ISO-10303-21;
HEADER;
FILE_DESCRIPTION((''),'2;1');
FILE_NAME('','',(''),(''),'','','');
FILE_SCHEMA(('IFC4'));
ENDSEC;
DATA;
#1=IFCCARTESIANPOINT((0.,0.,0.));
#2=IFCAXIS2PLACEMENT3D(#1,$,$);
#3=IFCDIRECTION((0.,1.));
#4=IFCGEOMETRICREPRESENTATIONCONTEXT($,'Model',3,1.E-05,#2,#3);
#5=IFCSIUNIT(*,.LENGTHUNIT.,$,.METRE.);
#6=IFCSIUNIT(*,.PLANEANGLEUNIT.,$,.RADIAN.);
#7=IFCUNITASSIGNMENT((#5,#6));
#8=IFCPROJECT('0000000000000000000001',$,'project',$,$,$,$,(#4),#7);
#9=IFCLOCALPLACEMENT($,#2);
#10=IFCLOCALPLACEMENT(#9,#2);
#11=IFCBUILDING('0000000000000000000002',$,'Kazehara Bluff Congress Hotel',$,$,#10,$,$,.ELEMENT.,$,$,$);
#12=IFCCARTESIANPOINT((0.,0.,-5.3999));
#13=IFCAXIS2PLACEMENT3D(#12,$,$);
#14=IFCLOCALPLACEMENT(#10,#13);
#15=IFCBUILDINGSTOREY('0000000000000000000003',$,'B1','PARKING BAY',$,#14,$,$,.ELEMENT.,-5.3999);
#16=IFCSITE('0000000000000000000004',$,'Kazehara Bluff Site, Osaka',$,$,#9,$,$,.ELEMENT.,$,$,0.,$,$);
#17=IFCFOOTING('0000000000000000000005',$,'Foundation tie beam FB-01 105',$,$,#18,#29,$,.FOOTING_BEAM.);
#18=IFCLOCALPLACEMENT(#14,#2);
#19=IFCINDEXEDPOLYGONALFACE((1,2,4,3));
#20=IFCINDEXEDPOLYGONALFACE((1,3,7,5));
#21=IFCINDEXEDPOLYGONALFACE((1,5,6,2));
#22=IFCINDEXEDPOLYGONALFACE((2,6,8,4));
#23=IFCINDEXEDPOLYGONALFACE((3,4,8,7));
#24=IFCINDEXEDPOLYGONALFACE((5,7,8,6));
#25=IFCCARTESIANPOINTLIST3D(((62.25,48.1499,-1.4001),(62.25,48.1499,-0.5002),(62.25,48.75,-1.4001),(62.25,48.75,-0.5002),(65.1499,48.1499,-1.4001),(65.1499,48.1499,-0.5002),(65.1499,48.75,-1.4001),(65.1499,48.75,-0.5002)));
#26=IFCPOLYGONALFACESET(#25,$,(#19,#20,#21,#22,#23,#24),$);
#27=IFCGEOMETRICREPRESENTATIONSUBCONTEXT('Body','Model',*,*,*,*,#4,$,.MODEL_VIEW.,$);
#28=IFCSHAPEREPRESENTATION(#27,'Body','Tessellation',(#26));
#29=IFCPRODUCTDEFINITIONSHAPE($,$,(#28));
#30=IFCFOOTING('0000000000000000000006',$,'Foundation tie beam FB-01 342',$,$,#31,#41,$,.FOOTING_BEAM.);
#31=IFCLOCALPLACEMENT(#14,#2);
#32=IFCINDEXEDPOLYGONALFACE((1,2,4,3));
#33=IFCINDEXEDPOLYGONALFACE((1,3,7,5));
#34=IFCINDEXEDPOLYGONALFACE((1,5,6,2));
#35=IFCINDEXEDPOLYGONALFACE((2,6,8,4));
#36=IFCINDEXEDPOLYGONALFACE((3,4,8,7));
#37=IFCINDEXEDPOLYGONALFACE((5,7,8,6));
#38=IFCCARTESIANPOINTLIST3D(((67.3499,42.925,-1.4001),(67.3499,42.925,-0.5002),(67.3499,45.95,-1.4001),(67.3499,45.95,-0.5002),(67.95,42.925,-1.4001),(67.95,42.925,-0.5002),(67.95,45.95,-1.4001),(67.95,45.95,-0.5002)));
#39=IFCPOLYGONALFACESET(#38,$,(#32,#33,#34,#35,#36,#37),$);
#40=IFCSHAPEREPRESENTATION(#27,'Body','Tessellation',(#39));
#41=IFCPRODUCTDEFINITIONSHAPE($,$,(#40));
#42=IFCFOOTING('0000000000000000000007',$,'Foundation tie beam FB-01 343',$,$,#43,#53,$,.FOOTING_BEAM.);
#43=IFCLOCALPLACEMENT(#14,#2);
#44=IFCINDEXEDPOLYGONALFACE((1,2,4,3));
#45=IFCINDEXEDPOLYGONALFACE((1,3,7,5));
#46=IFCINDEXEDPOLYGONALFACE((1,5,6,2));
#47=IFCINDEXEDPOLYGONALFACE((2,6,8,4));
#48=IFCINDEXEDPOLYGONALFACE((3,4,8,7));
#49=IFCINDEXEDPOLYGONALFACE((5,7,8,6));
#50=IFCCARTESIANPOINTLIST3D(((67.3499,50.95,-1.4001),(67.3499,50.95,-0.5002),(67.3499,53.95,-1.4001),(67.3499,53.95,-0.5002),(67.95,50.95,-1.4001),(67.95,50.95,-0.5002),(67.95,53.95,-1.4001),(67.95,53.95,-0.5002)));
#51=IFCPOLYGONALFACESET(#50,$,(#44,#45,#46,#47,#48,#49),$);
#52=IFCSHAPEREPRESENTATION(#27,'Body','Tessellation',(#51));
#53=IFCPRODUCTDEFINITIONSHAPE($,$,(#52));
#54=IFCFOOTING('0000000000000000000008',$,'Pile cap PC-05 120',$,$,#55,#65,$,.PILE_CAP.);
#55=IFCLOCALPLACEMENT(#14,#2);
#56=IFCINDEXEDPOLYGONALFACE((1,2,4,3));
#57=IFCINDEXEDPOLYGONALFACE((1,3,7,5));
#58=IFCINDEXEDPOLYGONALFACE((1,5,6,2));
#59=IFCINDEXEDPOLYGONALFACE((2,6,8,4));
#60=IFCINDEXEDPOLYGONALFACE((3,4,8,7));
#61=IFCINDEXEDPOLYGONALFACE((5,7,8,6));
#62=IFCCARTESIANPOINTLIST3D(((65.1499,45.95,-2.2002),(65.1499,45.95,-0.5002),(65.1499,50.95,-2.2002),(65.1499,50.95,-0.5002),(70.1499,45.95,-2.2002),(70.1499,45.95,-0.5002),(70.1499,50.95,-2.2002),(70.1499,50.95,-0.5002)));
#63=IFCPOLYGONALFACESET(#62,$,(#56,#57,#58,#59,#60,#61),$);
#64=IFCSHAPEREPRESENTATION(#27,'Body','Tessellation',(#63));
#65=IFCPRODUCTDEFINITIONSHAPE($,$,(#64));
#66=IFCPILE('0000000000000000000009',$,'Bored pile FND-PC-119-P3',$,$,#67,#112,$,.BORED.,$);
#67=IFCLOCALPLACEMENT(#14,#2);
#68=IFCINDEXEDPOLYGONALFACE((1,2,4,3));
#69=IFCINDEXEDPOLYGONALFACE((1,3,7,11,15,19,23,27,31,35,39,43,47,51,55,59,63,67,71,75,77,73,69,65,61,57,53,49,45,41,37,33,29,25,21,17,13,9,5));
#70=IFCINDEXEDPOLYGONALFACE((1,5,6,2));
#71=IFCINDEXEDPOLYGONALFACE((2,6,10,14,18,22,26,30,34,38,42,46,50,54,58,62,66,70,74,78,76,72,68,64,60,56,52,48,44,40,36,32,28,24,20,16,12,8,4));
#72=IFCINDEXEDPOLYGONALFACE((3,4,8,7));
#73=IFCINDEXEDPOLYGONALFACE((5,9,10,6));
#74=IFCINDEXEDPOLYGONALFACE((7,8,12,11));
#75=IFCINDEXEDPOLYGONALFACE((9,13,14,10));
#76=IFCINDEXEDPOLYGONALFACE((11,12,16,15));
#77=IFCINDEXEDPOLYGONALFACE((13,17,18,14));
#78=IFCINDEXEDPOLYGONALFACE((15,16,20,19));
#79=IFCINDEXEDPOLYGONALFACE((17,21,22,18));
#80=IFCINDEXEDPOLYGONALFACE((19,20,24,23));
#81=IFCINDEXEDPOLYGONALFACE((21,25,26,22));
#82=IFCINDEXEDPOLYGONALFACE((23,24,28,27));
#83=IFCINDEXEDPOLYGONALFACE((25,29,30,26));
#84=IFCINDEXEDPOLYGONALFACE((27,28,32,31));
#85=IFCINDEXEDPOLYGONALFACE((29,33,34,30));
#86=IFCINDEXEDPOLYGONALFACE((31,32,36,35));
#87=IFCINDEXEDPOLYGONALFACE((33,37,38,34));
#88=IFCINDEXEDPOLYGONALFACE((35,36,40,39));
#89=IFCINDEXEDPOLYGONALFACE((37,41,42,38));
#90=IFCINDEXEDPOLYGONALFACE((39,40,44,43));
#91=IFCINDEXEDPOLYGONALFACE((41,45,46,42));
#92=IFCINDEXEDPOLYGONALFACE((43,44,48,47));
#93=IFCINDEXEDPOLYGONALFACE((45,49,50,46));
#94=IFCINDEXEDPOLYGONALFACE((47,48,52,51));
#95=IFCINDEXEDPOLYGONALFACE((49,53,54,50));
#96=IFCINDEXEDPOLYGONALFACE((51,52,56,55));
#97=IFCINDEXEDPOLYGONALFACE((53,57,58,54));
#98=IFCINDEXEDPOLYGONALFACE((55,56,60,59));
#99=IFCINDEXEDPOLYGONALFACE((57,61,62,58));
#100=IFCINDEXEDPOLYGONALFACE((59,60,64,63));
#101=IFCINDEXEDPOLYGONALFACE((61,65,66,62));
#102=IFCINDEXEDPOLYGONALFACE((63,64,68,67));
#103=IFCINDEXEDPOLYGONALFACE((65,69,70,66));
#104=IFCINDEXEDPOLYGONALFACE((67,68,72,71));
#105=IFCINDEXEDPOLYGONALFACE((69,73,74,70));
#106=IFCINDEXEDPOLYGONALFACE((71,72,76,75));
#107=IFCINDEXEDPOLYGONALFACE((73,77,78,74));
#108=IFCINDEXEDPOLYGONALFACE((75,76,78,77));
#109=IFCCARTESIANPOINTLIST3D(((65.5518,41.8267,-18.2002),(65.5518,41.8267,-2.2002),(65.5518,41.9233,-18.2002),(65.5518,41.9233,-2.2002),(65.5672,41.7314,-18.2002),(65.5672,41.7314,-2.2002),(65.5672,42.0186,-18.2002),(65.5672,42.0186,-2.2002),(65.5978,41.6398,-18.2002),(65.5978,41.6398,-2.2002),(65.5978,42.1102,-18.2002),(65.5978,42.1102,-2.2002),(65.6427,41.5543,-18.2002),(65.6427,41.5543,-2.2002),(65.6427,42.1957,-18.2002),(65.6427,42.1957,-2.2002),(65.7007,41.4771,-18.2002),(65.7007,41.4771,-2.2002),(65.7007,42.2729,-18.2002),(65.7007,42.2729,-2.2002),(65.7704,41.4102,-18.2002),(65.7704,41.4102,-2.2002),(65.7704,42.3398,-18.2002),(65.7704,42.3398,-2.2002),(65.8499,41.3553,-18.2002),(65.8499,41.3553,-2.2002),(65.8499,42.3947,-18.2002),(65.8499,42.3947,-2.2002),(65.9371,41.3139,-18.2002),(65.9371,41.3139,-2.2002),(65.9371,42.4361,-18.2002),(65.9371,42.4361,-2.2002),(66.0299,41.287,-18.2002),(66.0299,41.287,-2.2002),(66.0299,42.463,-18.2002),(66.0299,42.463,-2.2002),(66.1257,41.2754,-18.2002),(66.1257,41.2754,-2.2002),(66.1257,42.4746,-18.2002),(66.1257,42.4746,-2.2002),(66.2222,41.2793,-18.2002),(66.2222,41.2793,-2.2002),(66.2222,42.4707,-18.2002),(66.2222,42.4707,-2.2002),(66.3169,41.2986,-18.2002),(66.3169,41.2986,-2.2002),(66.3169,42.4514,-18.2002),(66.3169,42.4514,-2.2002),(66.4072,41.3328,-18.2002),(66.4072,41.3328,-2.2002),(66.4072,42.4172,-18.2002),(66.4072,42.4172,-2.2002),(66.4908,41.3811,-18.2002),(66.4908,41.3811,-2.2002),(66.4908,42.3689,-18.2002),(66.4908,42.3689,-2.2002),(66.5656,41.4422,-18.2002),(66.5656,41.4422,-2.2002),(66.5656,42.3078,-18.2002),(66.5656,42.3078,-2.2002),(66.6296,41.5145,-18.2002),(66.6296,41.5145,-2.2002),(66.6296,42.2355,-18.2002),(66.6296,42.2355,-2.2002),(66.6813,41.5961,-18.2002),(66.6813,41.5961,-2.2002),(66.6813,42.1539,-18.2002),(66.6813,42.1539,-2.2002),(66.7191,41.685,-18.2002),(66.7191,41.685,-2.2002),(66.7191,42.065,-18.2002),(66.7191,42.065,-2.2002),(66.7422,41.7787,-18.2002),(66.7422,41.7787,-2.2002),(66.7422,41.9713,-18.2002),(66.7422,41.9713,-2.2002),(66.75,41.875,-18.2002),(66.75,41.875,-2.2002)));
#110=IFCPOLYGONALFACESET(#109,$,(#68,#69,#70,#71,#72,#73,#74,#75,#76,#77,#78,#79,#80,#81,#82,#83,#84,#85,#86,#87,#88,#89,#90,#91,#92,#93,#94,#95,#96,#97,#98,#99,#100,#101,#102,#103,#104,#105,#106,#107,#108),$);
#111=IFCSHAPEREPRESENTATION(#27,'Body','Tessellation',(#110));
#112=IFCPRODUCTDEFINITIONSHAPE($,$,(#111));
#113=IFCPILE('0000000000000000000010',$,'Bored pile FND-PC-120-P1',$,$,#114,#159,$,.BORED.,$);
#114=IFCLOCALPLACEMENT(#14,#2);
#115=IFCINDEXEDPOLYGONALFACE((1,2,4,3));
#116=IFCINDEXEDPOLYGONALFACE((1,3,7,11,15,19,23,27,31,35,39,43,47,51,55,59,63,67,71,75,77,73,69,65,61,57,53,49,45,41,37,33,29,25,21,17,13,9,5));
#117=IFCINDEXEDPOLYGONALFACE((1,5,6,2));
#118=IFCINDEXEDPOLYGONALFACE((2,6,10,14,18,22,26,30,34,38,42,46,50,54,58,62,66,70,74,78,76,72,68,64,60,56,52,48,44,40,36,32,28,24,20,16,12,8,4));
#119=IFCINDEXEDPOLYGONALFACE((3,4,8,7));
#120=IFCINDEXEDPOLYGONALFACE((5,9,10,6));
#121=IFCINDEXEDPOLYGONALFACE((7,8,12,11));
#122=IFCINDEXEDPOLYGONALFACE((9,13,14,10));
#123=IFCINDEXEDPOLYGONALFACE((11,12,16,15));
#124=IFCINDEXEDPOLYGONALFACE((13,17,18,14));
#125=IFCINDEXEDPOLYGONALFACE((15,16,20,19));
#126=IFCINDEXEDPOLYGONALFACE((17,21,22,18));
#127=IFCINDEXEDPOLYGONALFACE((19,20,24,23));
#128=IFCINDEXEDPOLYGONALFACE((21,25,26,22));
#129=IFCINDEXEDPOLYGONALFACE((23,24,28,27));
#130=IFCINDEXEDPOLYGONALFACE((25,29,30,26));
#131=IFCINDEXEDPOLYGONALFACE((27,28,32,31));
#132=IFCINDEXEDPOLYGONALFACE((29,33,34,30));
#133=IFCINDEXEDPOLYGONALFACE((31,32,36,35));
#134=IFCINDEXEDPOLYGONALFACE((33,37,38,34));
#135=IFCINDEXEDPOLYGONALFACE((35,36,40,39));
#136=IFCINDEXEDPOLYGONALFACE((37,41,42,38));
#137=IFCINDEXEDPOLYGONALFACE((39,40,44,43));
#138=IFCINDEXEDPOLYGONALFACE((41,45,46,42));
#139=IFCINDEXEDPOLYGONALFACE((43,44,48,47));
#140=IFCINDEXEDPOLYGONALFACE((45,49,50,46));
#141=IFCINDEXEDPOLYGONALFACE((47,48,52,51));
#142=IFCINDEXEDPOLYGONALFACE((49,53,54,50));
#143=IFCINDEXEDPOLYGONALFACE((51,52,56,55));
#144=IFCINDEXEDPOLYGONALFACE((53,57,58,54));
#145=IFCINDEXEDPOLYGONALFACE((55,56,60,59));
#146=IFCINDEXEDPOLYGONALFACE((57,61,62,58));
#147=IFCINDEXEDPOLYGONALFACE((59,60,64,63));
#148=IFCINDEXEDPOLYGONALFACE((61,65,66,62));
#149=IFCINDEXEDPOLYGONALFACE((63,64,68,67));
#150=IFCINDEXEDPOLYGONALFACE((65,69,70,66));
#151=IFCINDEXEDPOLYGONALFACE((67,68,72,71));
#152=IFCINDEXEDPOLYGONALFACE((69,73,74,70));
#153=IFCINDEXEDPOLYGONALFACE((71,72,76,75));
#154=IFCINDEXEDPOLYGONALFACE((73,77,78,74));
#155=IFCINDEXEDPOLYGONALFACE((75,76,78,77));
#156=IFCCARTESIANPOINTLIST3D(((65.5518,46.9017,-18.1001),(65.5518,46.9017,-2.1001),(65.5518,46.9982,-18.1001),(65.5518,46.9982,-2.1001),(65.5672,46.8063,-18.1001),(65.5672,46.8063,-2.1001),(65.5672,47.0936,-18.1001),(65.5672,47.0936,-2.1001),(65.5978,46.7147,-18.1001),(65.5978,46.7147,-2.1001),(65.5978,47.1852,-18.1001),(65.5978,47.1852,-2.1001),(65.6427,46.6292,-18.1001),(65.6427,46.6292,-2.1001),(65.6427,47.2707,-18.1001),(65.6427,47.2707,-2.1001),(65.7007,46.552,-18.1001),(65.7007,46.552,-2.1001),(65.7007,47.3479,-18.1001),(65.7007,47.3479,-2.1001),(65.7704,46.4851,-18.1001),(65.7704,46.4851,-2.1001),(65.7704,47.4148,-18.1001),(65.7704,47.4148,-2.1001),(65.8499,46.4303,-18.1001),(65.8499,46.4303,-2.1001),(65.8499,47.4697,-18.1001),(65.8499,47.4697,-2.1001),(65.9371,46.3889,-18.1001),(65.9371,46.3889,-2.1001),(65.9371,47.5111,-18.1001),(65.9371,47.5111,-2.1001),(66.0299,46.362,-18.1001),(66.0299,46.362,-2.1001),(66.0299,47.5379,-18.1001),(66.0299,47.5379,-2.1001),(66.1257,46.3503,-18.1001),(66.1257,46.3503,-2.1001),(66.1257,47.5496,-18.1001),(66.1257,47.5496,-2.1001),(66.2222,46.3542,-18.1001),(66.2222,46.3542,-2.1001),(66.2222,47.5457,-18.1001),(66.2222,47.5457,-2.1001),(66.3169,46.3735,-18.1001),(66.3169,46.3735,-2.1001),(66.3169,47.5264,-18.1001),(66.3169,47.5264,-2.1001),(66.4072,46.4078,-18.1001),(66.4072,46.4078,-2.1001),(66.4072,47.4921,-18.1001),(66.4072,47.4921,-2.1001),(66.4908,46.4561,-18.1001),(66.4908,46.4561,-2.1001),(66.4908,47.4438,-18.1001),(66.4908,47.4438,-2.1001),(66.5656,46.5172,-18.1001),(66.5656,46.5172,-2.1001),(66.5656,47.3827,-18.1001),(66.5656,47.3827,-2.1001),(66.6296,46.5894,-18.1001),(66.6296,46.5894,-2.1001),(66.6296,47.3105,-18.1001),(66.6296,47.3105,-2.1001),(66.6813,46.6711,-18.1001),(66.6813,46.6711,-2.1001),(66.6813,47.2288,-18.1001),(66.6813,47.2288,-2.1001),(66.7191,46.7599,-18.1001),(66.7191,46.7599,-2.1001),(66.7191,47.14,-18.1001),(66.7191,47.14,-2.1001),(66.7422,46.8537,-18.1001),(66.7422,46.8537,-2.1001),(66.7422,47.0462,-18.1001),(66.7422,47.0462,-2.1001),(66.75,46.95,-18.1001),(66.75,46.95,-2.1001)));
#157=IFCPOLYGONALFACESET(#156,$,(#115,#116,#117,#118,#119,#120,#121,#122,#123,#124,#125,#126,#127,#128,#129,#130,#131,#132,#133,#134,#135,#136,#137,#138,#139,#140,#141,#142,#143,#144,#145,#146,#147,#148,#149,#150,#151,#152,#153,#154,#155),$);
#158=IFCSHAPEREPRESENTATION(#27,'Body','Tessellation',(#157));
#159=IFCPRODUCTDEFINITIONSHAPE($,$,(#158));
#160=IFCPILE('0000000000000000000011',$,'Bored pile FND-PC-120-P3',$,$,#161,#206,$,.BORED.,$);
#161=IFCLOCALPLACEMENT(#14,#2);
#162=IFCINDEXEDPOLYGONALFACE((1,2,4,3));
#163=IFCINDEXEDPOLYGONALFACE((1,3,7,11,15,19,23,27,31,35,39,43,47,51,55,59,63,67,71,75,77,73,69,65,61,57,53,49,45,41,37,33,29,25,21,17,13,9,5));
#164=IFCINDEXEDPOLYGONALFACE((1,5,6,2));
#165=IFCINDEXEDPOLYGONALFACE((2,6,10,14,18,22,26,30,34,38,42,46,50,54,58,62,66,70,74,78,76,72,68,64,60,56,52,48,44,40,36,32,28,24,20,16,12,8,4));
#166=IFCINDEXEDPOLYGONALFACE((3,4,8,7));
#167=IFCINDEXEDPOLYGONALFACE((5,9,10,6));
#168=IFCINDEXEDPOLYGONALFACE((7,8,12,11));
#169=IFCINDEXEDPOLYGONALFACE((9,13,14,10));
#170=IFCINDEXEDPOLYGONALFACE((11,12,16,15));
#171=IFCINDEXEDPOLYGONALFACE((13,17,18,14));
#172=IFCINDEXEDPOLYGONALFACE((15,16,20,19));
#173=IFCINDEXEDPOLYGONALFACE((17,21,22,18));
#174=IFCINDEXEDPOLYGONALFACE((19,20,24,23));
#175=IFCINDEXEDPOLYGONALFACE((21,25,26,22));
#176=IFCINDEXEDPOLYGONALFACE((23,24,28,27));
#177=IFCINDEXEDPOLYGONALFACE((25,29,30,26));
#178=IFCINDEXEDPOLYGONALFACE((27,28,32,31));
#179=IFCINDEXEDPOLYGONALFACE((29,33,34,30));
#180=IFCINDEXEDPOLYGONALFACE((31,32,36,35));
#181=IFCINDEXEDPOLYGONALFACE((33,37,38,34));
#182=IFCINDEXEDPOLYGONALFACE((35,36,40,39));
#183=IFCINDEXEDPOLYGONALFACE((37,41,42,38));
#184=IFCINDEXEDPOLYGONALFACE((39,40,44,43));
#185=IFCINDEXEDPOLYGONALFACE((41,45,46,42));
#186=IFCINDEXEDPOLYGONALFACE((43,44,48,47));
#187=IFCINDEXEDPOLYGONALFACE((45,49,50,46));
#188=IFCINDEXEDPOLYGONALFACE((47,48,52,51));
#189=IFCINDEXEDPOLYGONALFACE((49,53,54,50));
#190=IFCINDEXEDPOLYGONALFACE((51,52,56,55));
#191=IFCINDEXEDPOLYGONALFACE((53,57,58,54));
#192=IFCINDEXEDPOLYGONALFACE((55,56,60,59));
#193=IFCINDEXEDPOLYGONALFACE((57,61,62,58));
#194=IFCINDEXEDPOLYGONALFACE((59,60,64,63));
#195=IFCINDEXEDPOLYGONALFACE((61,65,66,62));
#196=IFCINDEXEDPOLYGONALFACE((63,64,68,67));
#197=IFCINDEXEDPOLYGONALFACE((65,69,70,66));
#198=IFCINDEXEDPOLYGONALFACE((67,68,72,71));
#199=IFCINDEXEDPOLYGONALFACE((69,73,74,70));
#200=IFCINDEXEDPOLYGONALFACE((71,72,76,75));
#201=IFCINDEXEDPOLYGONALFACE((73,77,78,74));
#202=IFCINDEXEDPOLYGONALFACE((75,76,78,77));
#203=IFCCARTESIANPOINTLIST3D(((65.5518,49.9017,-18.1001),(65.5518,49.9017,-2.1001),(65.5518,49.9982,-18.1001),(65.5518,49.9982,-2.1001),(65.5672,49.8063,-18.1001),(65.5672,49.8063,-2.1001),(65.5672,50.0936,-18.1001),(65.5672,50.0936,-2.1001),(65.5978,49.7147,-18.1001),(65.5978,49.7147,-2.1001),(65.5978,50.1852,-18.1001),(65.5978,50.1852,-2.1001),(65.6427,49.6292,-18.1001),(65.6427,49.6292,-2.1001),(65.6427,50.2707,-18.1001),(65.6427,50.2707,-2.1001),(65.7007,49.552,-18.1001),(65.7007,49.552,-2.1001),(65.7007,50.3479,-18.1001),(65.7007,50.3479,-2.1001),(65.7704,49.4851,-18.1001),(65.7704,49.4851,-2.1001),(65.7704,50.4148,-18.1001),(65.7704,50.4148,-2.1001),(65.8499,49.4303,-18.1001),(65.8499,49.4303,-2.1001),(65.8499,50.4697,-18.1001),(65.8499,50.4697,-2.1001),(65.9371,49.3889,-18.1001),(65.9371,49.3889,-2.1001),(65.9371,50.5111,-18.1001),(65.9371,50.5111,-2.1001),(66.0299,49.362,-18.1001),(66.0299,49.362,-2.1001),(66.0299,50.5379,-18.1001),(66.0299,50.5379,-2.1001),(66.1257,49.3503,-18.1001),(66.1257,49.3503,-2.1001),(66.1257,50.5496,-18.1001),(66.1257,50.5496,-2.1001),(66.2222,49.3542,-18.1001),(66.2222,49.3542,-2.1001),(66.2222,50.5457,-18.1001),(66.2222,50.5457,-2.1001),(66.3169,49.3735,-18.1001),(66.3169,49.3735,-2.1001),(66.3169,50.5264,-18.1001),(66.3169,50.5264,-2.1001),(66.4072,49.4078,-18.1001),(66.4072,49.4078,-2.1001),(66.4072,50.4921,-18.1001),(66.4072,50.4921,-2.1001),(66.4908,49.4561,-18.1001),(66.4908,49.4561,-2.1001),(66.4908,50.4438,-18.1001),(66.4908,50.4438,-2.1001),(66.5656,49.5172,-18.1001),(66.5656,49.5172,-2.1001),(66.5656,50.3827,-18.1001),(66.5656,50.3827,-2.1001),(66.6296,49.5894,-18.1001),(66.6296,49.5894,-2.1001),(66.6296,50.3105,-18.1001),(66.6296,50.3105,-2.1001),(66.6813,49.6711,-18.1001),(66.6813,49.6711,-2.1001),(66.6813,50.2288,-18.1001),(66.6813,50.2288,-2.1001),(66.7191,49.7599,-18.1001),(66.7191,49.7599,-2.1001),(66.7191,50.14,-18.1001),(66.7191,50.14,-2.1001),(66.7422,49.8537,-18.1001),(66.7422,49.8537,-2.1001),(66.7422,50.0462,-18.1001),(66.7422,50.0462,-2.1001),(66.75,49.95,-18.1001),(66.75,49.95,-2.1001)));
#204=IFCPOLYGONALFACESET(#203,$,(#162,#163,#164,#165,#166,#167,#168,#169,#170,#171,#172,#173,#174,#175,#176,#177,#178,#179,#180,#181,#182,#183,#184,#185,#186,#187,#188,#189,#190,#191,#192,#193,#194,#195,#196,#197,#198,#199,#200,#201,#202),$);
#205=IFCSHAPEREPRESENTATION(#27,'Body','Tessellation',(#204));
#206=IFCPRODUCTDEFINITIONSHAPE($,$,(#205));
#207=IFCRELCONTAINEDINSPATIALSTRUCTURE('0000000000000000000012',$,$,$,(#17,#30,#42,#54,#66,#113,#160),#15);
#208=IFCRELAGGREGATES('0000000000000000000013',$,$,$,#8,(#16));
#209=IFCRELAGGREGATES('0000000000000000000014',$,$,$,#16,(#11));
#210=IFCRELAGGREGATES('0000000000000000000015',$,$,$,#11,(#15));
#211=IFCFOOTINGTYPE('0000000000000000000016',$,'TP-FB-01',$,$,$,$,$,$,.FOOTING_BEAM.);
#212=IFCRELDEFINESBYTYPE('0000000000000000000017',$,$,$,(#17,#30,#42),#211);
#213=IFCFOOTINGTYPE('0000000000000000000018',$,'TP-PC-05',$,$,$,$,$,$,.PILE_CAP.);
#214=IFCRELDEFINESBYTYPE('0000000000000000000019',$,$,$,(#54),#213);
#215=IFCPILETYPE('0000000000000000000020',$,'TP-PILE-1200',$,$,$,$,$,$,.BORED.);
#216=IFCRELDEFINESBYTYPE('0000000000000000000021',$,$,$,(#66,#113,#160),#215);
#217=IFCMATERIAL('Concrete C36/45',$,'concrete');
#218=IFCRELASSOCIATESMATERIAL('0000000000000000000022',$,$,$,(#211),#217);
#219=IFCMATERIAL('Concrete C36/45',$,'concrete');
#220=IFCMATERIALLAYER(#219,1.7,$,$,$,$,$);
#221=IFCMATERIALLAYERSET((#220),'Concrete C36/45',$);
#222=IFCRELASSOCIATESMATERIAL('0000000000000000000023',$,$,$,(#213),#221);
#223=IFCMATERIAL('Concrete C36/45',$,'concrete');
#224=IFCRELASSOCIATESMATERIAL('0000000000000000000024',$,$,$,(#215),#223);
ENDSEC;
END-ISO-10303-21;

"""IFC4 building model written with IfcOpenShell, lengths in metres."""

from ifc_helpers import new_model, si_unit, direction, frame, origin, origin_2d, place, context, subcontext, project, spatial, rectangle, circle, extrude, material, layer, layer_set, material_profile, profile_set, type_object, element, save


model = new_model("IFC4")

# Units and contexts
model_context = context("Model", 3, precision=1e-05, world=origin(), true_north=direction((0.0, 1.0)))
body_context = subcontext(model_context, "Body", "Model", "MODEL_VIEW")
ifc_project = project(units=[si_unit("LENGTHUNIT", "METRE"), si_unit("PLANEANGLEUNIT", "RADIAN")], contexts=[model_context])

# Site, building, storey
site_placement = place(None, origin())
site = spatial("IfcSite", under=ifc_project, at=site_placement, Name="Kazehara Bluff Site, Osaka", CompositionType="ELEMENT", RefElevation=0.0)
building_placement = place(site_placement, origin())
building = spatial("IfcBuilding", under=site, at=building_placement, Name="Kazehara Bluff Congress Hotel", CompositionType="ELEMENT")
storey_placement = place(building_placement, frame((0.0, 0.0, -5.3999)))
storey = spatial("IfcBuildingStorey", under=building, at=storey_placement, Name="B1", Description="PARKING BAY", CompositionType="ELEMENT", Elevation=-5.3999)

# Footings
ifc_material_1 = material(Name="Concrete C36/45", Category="concrete")
ifc_material_profile_1 = material_profile(ifc_material_1, rectangle(XDim=0.6001, YDim=0.8999, at=origin_2d()))
ifc_profile_set_1 = profile_set([ifc_material_profile_1], Name="Concrete C36/45")
footing_type_1 = type_object("IfcFootingType", Name="TP-FB-01", PredefinedType="FOOTING_BEAM", material=ifc_profile_set_1)
footing_1_placement = place(storey_placement, frame((62.25, 48.45, -0.9502), z_axis=(1.0, 0.0, 0.0), x_axis=(0.0, 1.0, 0.0)))
element("IfcFooting", 1, at=footing_1_placement, inside=storey, type_object=footing_type_1, Name="Foundation tie beam FB-01 105", PredefinedType="FOOTING_BEAM", context=body_context, shape_type="SweptSolid", body=[
    extrude(rectangle(XDim=0.6001, YDim=0.8999, at=origin_2d()), origin(), (0.0, 0.0, 1.0), 2.8999),
])
footing_2_placement = place(storey_placement, frame((67.6499, 42.925, -0.9502), z_axis=(0.0, 1.0, 0.0), x_axis=(-1.0, 0.0, 0.0)))
element("IfcFooting", 2, at=footing_2_placement, inside=storey, type_object=footing_type_1, Name="Foundation tie beam FB-01 342", PredefinedType="FOOTING_BEAM", context=body_context, shape_type="SweptSolid", body=[
    extrude(rectangle(XDim=0.6001, YDim=0.8999, at=origin_2d()), origin(), (0.0, 0.0, 1.0), 3.0249),
])
footing_3_placement = place(storey_placement, frame((67.6499, 50.95, -0.9502), z_axis=(0.0, 1.0, 0.0), x_axis=(-1.0, 0.0, 0.0)))
element("IfcFooting", 3, at=footing_3_placement, inside=storey, type_object=footing_type_1, Name="Foundation tie beam FB-01 343", PredefinedType="FOOTING_BEAM", context=body_context, shape_type="SweptSolid", body=[
    extrude(rectangle(XDim=0.6001, YDim=0.8999, at=origin_2d()), origin(), (0.0, 0.0, 1.0), 3.0),
])
ifc_material_2 = material(Name="Concrete C36/45", Category="concrete")
ifc_layer_1 = layer(ifc_material_2, 1.7)
ifc_layer_set_1 = layer_set([ifc_layer_1], Name="Concrete C36/45")
footing_type_2 = type_object("IfcFootingType", Name="TP-PC-05", PredefinedType="PILE_CAP", material=ifc_layer_set_1)
footing_4_placement = place(storey_placement, frame((67.6499, 48.45, -2.2002), z_axis=(0.0, 0.0, 1.0), x_axis=(1.0, 0.0, 0.0)))
element("IfcFooting", 4, at=footing_4_placement, inside=storey, type_object=footing_type_2, Name="Pile cap PC-05 120", PredefinedType="PILE_CAP", context=body_context, shape_type="SweptSolid", body=[
    extrude(rectangle(XDim=5.0, YDim=5.0, at=origin_2d()), origin(), (0.0, 0.0, 1.0), 1.7),
])

# Piles
ifc_material_3 = material(Name="Concrete C36/45", Category="concrete")
ifc_material_profile_2 = material_profile(ifc_material_3, circle(Radius=0.6001, at=origin_2d()))
ifc_profile_set_2 = profile_set([ifc_material_profile_2], Name="Concrete C36/45")
pile_type_1 = type_object("IfcPileType", Name="TP-PILE-1200", PredefinedType="BORED", material=ifc_profile_set_2)
for number, where, z_axis, x_axis, name in (
    (5, (66.1499, 41.875, -2.2002), (0.0, 0.0, -1.0), (1.0, 0.0, 0.0), "Bored pile FND-PC-119-P3"),
    (6, (66.1499, 46.95, -2.1001), (0.0, 0.0, -1.0), (1.0, 0.0, 0.0), "Bored pile FND-PC-120-P1"),
    (7, (66.1499, 49.95, -2.1001), (0.0, 0.0, -1.0), (1.0, 0.0, 0.0), "Bored pile FND-PC-120-P3"),
):
    element("IfcPile", number, at=place(storey_placement, frame(where, z_axis=z_axis, x_axis=x_axis)), inside=storey, type_object=pile_type_1, Name=name, PredefinedType="BORED", context=body_context, shape_type="SweptSolid", body=[
        extrude(circle(Radius=0.6001, at=origin_2d()), origin(), (0.0, 0.0, 1.0), 16.0),
    ])

save(model, "model.ifc")
